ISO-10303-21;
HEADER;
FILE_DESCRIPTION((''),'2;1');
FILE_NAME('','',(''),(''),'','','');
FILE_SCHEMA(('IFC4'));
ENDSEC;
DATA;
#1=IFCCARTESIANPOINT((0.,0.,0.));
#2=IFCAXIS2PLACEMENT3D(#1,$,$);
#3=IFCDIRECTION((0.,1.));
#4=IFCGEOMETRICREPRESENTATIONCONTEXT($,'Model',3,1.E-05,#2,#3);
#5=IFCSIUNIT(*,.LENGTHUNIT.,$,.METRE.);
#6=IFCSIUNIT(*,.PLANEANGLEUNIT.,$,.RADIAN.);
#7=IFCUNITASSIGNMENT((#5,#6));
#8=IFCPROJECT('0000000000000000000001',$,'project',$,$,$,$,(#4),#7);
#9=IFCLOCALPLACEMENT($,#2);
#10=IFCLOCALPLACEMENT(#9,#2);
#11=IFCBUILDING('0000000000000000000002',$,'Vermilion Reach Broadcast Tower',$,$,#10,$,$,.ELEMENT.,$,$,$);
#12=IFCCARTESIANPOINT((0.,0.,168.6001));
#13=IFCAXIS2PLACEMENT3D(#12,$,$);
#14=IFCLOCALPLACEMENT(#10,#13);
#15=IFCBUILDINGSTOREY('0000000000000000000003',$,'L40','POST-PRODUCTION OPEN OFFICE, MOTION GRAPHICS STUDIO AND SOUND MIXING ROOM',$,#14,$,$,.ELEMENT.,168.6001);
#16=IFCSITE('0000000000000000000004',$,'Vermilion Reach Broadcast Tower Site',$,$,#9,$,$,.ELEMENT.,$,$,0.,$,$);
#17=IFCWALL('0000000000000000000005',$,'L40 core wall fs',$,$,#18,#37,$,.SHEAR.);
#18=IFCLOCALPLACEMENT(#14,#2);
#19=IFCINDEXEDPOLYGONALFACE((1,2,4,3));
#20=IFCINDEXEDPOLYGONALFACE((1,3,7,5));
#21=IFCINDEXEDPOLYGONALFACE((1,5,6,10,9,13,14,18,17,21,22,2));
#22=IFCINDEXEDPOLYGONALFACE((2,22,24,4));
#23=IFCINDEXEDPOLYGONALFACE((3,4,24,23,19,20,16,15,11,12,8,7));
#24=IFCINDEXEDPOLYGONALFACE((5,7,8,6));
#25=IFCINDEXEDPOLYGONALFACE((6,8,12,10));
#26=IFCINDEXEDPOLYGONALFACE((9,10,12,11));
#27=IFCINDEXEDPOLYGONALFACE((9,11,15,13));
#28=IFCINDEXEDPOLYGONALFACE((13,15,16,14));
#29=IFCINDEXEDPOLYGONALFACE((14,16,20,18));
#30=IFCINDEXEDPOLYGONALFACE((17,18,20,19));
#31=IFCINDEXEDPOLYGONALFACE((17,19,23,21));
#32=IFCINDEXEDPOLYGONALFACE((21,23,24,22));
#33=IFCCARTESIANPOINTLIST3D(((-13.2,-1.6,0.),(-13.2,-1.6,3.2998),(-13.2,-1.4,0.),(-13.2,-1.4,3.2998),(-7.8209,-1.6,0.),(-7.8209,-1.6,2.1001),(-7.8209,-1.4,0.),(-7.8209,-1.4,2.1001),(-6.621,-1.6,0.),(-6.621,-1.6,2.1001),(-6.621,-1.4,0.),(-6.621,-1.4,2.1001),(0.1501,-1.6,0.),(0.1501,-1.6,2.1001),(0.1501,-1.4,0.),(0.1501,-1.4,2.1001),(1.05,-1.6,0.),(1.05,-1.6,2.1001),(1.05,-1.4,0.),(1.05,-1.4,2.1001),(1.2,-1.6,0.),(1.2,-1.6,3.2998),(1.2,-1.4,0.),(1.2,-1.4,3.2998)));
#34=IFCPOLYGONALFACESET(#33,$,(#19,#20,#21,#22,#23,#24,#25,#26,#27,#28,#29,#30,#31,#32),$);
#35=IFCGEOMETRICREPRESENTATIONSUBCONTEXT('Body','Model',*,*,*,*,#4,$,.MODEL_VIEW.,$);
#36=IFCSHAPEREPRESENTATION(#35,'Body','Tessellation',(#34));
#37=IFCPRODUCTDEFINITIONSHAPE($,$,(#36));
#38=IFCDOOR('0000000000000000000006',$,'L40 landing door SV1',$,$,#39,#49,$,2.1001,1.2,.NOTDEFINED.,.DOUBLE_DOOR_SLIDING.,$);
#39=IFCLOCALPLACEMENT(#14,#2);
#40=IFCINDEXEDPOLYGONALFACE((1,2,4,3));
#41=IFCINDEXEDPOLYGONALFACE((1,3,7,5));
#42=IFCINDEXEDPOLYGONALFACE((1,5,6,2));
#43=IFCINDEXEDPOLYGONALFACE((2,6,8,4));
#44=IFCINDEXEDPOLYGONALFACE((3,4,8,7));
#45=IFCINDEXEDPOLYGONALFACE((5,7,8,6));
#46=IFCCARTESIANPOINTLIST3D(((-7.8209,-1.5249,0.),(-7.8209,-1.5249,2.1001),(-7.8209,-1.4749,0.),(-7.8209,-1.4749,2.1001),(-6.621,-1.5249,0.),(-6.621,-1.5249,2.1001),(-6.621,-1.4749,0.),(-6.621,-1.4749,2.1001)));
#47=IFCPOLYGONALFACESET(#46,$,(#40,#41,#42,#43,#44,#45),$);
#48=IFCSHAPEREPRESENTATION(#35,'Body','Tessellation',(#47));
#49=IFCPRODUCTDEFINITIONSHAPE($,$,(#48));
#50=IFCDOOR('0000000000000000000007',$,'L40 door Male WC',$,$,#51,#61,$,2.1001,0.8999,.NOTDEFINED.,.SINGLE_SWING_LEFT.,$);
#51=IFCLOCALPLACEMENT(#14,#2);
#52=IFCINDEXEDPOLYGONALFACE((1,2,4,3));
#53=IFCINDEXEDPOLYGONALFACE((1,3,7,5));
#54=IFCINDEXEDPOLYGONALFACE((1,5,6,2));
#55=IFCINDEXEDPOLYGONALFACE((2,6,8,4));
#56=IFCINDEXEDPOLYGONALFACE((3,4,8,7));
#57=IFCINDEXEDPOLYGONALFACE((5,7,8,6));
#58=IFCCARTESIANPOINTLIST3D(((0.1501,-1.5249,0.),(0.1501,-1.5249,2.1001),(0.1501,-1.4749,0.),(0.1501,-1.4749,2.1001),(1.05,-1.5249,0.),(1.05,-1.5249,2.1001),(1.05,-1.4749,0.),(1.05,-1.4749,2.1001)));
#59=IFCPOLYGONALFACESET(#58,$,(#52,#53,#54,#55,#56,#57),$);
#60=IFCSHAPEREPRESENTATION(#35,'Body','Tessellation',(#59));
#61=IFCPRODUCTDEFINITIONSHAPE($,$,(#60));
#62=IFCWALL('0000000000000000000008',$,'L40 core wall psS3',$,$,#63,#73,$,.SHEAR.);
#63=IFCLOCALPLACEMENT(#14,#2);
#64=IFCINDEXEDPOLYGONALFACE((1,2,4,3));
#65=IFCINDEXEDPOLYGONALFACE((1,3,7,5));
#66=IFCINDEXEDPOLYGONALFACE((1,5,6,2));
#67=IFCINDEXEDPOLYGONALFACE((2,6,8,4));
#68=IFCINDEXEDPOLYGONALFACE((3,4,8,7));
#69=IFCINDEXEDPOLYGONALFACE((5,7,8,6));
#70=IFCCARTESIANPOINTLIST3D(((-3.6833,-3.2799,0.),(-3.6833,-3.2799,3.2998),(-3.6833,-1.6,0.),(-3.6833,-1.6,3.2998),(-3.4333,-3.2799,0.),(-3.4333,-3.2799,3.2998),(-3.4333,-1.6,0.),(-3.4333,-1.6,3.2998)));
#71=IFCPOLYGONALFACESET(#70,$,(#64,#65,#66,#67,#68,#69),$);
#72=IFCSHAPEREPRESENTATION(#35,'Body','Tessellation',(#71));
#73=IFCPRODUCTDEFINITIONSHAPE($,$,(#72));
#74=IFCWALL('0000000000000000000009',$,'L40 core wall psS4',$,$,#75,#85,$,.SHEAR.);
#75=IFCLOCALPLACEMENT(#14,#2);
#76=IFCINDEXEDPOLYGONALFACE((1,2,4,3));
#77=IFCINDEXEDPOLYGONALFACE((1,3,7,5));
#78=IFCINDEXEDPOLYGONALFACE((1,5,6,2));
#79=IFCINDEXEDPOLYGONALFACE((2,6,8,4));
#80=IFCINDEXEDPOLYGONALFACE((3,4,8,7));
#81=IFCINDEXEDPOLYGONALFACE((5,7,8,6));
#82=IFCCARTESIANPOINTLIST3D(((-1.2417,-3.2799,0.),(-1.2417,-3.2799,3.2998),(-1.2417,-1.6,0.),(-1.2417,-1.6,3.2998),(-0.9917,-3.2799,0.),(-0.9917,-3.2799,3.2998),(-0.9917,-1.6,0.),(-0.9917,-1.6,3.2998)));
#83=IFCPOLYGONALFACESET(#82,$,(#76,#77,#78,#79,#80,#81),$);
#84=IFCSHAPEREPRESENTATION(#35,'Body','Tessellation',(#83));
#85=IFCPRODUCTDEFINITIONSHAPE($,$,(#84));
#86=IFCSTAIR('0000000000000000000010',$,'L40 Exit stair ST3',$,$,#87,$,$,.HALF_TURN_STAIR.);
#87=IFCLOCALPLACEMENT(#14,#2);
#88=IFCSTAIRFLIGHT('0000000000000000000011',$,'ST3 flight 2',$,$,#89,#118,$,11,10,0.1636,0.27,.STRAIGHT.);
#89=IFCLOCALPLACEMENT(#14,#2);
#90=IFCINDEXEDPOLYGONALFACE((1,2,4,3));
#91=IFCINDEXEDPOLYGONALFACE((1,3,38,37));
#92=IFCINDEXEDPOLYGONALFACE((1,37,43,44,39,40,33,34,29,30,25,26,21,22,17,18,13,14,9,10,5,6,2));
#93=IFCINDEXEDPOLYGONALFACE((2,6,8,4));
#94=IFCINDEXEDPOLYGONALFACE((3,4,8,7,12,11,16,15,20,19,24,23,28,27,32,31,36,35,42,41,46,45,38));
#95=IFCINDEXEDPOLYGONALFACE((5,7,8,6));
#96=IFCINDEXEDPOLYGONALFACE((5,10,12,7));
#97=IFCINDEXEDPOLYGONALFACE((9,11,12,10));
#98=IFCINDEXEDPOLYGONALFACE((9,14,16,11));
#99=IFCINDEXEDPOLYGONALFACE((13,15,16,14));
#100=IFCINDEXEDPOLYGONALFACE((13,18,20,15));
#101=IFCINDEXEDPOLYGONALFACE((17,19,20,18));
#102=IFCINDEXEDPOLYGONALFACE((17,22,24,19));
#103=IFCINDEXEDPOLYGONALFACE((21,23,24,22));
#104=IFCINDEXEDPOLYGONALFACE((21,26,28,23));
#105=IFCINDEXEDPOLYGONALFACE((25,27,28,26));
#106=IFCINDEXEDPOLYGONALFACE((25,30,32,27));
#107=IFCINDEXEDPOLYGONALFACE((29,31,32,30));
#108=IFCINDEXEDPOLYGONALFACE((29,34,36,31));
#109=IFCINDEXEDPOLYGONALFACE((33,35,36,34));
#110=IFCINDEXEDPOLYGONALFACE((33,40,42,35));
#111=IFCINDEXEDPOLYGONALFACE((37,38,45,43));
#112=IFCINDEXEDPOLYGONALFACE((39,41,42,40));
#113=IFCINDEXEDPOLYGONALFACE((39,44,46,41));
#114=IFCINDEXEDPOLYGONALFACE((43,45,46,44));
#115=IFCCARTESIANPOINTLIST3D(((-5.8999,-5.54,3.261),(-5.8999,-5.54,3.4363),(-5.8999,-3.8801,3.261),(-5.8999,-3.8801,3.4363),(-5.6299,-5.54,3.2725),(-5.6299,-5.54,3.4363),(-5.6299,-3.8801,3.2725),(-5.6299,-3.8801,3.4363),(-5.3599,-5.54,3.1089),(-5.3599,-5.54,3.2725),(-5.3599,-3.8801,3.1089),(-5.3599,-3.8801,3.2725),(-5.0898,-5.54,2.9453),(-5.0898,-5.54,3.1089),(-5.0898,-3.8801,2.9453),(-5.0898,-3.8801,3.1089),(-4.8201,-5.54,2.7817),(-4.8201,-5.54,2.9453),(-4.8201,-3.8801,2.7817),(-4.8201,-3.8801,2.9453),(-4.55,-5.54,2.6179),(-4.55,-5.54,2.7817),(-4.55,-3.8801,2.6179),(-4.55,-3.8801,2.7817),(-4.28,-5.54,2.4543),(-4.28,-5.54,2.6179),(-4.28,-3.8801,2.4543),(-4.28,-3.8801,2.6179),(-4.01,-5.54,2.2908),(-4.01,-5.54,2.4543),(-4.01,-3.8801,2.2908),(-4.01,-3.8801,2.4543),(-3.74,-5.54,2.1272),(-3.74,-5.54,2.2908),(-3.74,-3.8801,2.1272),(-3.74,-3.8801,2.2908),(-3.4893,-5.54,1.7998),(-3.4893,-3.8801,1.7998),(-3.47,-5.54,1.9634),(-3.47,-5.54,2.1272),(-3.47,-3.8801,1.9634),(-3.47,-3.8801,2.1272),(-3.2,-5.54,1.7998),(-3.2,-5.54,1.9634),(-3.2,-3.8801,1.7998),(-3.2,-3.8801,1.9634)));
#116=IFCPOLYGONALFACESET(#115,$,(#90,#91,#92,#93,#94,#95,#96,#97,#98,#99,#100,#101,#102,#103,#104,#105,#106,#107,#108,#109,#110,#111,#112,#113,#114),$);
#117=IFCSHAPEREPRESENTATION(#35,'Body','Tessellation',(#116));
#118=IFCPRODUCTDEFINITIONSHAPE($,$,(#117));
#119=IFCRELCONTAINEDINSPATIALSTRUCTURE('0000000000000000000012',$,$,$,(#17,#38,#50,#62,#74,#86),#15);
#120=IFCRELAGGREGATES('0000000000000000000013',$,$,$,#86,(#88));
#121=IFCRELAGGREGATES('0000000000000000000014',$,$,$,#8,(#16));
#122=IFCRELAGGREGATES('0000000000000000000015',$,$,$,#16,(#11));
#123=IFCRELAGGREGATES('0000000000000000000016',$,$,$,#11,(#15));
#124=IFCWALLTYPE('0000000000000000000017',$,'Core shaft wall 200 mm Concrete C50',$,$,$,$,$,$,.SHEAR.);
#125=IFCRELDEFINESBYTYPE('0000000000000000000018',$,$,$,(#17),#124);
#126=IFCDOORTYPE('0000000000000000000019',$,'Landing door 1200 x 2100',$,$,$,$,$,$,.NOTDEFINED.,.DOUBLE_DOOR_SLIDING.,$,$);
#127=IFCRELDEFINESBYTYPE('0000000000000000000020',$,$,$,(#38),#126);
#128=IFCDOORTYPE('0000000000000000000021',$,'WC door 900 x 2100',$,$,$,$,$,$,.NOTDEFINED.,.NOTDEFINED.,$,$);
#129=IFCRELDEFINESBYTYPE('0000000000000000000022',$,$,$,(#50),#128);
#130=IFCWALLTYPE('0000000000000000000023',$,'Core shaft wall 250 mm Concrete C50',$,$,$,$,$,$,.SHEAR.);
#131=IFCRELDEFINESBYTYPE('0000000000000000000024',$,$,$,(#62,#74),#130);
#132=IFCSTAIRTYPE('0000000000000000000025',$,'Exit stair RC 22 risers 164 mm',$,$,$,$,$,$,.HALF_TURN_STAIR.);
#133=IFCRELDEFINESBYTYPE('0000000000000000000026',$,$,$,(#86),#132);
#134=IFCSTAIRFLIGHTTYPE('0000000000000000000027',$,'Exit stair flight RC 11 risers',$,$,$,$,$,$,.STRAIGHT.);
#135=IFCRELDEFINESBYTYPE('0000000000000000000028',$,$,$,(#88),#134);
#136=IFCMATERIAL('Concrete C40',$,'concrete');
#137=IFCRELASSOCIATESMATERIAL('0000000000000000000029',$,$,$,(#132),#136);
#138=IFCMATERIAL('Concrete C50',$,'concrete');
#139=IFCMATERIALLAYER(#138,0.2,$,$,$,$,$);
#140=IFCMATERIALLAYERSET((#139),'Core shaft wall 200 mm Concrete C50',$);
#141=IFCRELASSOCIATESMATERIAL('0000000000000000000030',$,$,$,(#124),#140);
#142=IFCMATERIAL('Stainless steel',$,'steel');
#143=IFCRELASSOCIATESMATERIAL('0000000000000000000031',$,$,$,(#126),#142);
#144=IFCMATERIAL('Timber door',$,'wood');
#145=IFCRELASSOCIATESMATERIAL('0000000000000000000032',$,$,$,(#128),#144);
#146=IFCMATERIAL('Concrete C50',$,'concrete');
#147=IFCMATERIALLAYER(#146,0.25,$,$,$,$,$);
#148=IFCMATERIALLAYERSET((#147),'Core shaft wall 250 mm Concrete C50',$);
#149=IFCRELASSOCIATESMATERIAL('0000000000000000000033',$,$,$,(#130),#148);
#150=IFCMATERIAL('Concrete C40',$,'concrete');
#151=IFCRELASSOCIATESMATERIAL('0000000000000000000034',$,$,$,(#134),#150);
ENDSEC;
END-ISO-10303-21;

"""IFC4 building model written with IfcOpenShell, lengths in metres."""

from ifc_helpers import new_model, si_unit, direction, frame, frame_2d, origin, place, context, subcontext, project, spatial, polyline, rectangle, outline, extrude, material, layer, layer_set, type_object, element, fill, aggregate, save


model = new_model("IFC4")

# Units and contexts
model_context = context("Model", 3, precision=1e-05, world=origin(), true_north=direction((0.0, 1.0)))
body_context = subcontext(model_context, "Body", "Model", "MODEL_VIEW")
ifc_project = project(units=[si_unit("LENGTHUNIT", "METRE"), si_unit("PLANEANGLEUNIT", "RADIAN")], contexts=[model_context])

# Site, building, storey
site_placement = place(None, origin())
site = spatial("IfcSite", under=ifc_project, at=site_placement, Name="Vermilion Reach Broadcast Tower Site", CompositionType="ELEMENT", RefElevation=0.0)
building_placement = place(site_placement, origin())
building = spatial("IfcBuilding", under=site, at=building_placement, Name="Vermilion Reach Broadcast Tower", CompositionType="ELEMENT")
storey_placement = place(building_placement, frame((0.0, 0.0, 168.6001)))
storey = spatial("IfcBuildingStorey", under=building, at=storey_placement, Name="L40", Description="POST-PRODUCTION OPEN OFFICE, MOTION GRAPHICS STUDIO AND SOUND MIXING ROOM", CompositionType="ELEMENT", Elevation=168.6001)

# Shared definitions
ifc_material_1 = material(Name="Concrete C40", Category="concrete")
stair_type = type_object("IfcStairType", Name="Exit stair RC 22 risers 164 mm", PredefinedType="HALF_TURN_STAIR", material=ifc_material_1)
placement_1 = place(storey_placement, origin())

# Wall, openings, doors
ifc_material_2 = material(Name="Concrete C50", Category="concrete")
ifc_layer_1 = layer(ifc_material_2, 0.2)
ifc_layer_set_1 = layer_set([ifc_layer_1], Name="Core shaft wall 200 mm Concrete C50")
wall_type_1 = type_object("IfcWallType", Name="Core shaft wall 200 mm Concrete C50", PredefinedType="SHEAR", material=ifc_layer_set_1)
wall_1_placement = place(storey_placement, frame((1.2, -1.5, 0.0), z_axis=(0.0, 0.0, 1.0), x_axis=(-1.0, 0.0, 0.0)))
wall_1 = element("IfcWall", 1, at=wall_1_placement, inside=storey, type_object=wall_type_1, Name="L40 core wall fs", PredefinedType="SHEAR", context=body_context, shape_type="SweptSolid", body=[
    extrude(rectangle(XDim=14.3999, YDim=0.2, at=frame_2d((7.2, 0.0))), origin(), (0.0, 0.0, 1.0), 3.2998),
])
opening_1_placement = place(wall_1_placement, frame((7.8208, 0.0, 0.0)))
opening_1 = element("IfcOpeningElement", 2, at=opening_1_placement, cuts=wall_1, PredefinedType="OPENING", context=body_context, shape_type="SweptSolid", body=[
    extrude(rectangle(XDim=1.2, YDim=2.1001, at=frame_2d((0.6001, 1.05))), frame((0.0, 0.1099, 0.0), z_axis=(0.0, -1.0, 0.0), x_axis=(1.0, 0.0, 0.0)), (0.0, 0.0, 1.0), 0.22),
])
opening_2_placement = place(wall_1_placement, frame((0.1499, 0.0, 0.0)))
opening_2 = element("IfcOpeningElement", 3, at=opening_2_placement, cuts=wall_1, PredefinedType="OPENING", context=body_context, shape_type="SweptSolid", body=[
    extrude(rectangle(XDim=0.8999, YDim=2.1001, at=frame_2d((0.45, 1.05))), frame((0.0, 0.1099, 0.0), z_axis=(0.0, -1.0, 0.0), x_axis=(1.0, 0.0, 0.0)), (0.0, 0.0, 1.0), 0.22),
])
ifc_material_3 = material(Name="Stainless steel", Category="steel")
door_type_1 = type_object("IfcDoorType", Name="Landing door 1200 x 2100", OperationType="DOUBLE_DOOR_SLIDING", PredefinedType="NOTDEFINED", material=ifc_material_3)
door_1_placement = place(opening_1_placement, origin())
door_1 = element("IfcDoor", 4, at=door_1_placement, inside=storey, type_object=door_type_1, Name="L40 landing door SV1", OperationType="DOUBLE_DOOR_SLIDING", OverallHeight=2.1001, OverallWidth=1.2, PredefinedType="NOTDEFINED", context=body_context, shape_type="SweptSolid", body=[
    extrude(rectangle(XDim=1.2, YDim=2.1001, at=frame_2d((0.6001, 1.05))), frame((0.0, 0.0249, 0.0), z_axis=(0.0, -1.0, 0.0), x_axis=(1.0, 0.0, 0.0)), (0.0, 0.0, 1.0), 0.05),
])
fill(opening_1, door_1)
ifc_material_4 = material(Name="Timber door", Category="wood")
door_type_2 = type_object("IfcDoorType", Name="WC door 900 x 2100", OperationType="NOTDEFINED", PredefinedType="NOTDEFINED", material=ifc_material_4)
door_2_placement = place(opening_2_placement, origin())
door_2 = element("IfcDoor", 5, at=door_2_placement, inside=storey, type_object=door_type_2, Name="L40 door Male WC", OperationType="SINGLE_SWING_LEFT", OverallHeight=2.1001, OverallWidth=0.8999, PredefinedType="NOTDEFINED", context=body_context, shape_type="SweptSolid", body=[
    extrude(rectangle(XDim=0.8999, YDim=2.1001, at=frame_2d((0.45, 1.05))), frame((0.0, 0.0249, 0.0), z_axis=(0.0, -1.0, 0.0), x_axis=(1.0, 0.0, 0.0)), (0.0, 0.0, 1.0), 0.05),
])
fill(opening_2, door_2)

# Walls
ifc_material_5 = material(Name="Concrete C50", Category="concrete")
ifc_layer_2 = layer(ifc_material_5, 0.25)
ifc_layer_set_2 = layer_set([ifc_layer_2], Name="Core shaft wall 250 mm Concrete C50")
wall_type_2 = type_object("IfcWallType", Name="Core shaft wall 250 mm Concrete C50", PredefinedType="SHEAR", material=ifc_layer_set_2)
for number, where, z_axis, x_axis, name in (
    (6, (-3.5583, -1.6001, 0.0), (0.0, 0.0, 1.0), (0.0, -1.0, 0.0), "L40 core wall psS3"),
    (7, (-1.1167, -1.6001, 0.0), (0.0, 0.0, 1.0), (0.0, -1.0, 0.0), "L40 core wall psS4"),
):
    element("IfcWall", number, at=place(storey_placement, frame(where, z_axis=z_axis, x_axis=x_axis)), inside=storey, type_object=wall_type_2, Name=name, PredefinedType="SHEAR", context=body_context, shape_type="SweptSolid", body=[
        extrude(rectangle(XDim=1.6799, YDim=0.25, at=frame_2d((0.8398, 0.0))), origin(), (0.0, 0.0, 1.0), 3.2998),
    ])

# Stair, stair flight
stair_1 = element("IfcStair", 8, at=placement_1, inside=storey, type_object=stair_type, Name="L40 Exit stair ST3", PredefinedType="HALF_TURN_STAIR")
ifc_material_6 = material(Name="Concrete C40", Category="concrete")
stair_flight_type = type_object("IfcStairFlightType", Name="Exit stair flight RC 11 risers", PredefinedType="STRAIGHT", material=ifc_material_6)
stair_flight_placement = place(storey_placement, frame((-3.2, -4.71, 1.7998), z_axis=(0.0, 0.0, 1.0), x_axis=(-1.0, 0.0, 0.0)))
stair_flight = element("IfcStairFlight", 9, at=stair_flight_placement, type_object=stair_flight_type, Name="ST3 flight 2", NumberOfRisers=11, NumberOfTreads=10, PredefinedType="STRAIGHT", RiserHeight=0.1636, TreadLength=0.27, context=body_context, shape_type="SweptSolid", body=[
    extrude(outline(polyline([(0.0, 0.0), (0.0, 0.1636), (0.27, 0.1636), (0.27, 0.3274), (0.54, 0.3274), (0.54, 0.491), (0.8101, 0.491), (0.8101, 0.6545), (1.0801, 0.6545), (1.0801, 0.8181), (1.3501, 0.8181), (1.3501, 0.9819), (1.6201, 0.9819), (1.6201, 1.1455), (1.8899, 1.1455), (1.8899, 1.3091), (2.1599, 1.3091), (2.1599, 1.4727), (2.4299, 1.4727), (2.4299, 1.6365), (2.7, 1.6365), (2.7, 1.8), (2.7, 1.4612), (0.2893, 0.0), (0.0, 0.0)])), frame((0.0, 0.8301, 0.0), z_axis=(0.0, -1.0, 0.0), x_axis=(1.0, 0.0, 0.0)), (0.0, 0.0, 1.0), 1.6599),
])
aggregate(stair_1, [stair_flight])

save(model, "model.ifc")
